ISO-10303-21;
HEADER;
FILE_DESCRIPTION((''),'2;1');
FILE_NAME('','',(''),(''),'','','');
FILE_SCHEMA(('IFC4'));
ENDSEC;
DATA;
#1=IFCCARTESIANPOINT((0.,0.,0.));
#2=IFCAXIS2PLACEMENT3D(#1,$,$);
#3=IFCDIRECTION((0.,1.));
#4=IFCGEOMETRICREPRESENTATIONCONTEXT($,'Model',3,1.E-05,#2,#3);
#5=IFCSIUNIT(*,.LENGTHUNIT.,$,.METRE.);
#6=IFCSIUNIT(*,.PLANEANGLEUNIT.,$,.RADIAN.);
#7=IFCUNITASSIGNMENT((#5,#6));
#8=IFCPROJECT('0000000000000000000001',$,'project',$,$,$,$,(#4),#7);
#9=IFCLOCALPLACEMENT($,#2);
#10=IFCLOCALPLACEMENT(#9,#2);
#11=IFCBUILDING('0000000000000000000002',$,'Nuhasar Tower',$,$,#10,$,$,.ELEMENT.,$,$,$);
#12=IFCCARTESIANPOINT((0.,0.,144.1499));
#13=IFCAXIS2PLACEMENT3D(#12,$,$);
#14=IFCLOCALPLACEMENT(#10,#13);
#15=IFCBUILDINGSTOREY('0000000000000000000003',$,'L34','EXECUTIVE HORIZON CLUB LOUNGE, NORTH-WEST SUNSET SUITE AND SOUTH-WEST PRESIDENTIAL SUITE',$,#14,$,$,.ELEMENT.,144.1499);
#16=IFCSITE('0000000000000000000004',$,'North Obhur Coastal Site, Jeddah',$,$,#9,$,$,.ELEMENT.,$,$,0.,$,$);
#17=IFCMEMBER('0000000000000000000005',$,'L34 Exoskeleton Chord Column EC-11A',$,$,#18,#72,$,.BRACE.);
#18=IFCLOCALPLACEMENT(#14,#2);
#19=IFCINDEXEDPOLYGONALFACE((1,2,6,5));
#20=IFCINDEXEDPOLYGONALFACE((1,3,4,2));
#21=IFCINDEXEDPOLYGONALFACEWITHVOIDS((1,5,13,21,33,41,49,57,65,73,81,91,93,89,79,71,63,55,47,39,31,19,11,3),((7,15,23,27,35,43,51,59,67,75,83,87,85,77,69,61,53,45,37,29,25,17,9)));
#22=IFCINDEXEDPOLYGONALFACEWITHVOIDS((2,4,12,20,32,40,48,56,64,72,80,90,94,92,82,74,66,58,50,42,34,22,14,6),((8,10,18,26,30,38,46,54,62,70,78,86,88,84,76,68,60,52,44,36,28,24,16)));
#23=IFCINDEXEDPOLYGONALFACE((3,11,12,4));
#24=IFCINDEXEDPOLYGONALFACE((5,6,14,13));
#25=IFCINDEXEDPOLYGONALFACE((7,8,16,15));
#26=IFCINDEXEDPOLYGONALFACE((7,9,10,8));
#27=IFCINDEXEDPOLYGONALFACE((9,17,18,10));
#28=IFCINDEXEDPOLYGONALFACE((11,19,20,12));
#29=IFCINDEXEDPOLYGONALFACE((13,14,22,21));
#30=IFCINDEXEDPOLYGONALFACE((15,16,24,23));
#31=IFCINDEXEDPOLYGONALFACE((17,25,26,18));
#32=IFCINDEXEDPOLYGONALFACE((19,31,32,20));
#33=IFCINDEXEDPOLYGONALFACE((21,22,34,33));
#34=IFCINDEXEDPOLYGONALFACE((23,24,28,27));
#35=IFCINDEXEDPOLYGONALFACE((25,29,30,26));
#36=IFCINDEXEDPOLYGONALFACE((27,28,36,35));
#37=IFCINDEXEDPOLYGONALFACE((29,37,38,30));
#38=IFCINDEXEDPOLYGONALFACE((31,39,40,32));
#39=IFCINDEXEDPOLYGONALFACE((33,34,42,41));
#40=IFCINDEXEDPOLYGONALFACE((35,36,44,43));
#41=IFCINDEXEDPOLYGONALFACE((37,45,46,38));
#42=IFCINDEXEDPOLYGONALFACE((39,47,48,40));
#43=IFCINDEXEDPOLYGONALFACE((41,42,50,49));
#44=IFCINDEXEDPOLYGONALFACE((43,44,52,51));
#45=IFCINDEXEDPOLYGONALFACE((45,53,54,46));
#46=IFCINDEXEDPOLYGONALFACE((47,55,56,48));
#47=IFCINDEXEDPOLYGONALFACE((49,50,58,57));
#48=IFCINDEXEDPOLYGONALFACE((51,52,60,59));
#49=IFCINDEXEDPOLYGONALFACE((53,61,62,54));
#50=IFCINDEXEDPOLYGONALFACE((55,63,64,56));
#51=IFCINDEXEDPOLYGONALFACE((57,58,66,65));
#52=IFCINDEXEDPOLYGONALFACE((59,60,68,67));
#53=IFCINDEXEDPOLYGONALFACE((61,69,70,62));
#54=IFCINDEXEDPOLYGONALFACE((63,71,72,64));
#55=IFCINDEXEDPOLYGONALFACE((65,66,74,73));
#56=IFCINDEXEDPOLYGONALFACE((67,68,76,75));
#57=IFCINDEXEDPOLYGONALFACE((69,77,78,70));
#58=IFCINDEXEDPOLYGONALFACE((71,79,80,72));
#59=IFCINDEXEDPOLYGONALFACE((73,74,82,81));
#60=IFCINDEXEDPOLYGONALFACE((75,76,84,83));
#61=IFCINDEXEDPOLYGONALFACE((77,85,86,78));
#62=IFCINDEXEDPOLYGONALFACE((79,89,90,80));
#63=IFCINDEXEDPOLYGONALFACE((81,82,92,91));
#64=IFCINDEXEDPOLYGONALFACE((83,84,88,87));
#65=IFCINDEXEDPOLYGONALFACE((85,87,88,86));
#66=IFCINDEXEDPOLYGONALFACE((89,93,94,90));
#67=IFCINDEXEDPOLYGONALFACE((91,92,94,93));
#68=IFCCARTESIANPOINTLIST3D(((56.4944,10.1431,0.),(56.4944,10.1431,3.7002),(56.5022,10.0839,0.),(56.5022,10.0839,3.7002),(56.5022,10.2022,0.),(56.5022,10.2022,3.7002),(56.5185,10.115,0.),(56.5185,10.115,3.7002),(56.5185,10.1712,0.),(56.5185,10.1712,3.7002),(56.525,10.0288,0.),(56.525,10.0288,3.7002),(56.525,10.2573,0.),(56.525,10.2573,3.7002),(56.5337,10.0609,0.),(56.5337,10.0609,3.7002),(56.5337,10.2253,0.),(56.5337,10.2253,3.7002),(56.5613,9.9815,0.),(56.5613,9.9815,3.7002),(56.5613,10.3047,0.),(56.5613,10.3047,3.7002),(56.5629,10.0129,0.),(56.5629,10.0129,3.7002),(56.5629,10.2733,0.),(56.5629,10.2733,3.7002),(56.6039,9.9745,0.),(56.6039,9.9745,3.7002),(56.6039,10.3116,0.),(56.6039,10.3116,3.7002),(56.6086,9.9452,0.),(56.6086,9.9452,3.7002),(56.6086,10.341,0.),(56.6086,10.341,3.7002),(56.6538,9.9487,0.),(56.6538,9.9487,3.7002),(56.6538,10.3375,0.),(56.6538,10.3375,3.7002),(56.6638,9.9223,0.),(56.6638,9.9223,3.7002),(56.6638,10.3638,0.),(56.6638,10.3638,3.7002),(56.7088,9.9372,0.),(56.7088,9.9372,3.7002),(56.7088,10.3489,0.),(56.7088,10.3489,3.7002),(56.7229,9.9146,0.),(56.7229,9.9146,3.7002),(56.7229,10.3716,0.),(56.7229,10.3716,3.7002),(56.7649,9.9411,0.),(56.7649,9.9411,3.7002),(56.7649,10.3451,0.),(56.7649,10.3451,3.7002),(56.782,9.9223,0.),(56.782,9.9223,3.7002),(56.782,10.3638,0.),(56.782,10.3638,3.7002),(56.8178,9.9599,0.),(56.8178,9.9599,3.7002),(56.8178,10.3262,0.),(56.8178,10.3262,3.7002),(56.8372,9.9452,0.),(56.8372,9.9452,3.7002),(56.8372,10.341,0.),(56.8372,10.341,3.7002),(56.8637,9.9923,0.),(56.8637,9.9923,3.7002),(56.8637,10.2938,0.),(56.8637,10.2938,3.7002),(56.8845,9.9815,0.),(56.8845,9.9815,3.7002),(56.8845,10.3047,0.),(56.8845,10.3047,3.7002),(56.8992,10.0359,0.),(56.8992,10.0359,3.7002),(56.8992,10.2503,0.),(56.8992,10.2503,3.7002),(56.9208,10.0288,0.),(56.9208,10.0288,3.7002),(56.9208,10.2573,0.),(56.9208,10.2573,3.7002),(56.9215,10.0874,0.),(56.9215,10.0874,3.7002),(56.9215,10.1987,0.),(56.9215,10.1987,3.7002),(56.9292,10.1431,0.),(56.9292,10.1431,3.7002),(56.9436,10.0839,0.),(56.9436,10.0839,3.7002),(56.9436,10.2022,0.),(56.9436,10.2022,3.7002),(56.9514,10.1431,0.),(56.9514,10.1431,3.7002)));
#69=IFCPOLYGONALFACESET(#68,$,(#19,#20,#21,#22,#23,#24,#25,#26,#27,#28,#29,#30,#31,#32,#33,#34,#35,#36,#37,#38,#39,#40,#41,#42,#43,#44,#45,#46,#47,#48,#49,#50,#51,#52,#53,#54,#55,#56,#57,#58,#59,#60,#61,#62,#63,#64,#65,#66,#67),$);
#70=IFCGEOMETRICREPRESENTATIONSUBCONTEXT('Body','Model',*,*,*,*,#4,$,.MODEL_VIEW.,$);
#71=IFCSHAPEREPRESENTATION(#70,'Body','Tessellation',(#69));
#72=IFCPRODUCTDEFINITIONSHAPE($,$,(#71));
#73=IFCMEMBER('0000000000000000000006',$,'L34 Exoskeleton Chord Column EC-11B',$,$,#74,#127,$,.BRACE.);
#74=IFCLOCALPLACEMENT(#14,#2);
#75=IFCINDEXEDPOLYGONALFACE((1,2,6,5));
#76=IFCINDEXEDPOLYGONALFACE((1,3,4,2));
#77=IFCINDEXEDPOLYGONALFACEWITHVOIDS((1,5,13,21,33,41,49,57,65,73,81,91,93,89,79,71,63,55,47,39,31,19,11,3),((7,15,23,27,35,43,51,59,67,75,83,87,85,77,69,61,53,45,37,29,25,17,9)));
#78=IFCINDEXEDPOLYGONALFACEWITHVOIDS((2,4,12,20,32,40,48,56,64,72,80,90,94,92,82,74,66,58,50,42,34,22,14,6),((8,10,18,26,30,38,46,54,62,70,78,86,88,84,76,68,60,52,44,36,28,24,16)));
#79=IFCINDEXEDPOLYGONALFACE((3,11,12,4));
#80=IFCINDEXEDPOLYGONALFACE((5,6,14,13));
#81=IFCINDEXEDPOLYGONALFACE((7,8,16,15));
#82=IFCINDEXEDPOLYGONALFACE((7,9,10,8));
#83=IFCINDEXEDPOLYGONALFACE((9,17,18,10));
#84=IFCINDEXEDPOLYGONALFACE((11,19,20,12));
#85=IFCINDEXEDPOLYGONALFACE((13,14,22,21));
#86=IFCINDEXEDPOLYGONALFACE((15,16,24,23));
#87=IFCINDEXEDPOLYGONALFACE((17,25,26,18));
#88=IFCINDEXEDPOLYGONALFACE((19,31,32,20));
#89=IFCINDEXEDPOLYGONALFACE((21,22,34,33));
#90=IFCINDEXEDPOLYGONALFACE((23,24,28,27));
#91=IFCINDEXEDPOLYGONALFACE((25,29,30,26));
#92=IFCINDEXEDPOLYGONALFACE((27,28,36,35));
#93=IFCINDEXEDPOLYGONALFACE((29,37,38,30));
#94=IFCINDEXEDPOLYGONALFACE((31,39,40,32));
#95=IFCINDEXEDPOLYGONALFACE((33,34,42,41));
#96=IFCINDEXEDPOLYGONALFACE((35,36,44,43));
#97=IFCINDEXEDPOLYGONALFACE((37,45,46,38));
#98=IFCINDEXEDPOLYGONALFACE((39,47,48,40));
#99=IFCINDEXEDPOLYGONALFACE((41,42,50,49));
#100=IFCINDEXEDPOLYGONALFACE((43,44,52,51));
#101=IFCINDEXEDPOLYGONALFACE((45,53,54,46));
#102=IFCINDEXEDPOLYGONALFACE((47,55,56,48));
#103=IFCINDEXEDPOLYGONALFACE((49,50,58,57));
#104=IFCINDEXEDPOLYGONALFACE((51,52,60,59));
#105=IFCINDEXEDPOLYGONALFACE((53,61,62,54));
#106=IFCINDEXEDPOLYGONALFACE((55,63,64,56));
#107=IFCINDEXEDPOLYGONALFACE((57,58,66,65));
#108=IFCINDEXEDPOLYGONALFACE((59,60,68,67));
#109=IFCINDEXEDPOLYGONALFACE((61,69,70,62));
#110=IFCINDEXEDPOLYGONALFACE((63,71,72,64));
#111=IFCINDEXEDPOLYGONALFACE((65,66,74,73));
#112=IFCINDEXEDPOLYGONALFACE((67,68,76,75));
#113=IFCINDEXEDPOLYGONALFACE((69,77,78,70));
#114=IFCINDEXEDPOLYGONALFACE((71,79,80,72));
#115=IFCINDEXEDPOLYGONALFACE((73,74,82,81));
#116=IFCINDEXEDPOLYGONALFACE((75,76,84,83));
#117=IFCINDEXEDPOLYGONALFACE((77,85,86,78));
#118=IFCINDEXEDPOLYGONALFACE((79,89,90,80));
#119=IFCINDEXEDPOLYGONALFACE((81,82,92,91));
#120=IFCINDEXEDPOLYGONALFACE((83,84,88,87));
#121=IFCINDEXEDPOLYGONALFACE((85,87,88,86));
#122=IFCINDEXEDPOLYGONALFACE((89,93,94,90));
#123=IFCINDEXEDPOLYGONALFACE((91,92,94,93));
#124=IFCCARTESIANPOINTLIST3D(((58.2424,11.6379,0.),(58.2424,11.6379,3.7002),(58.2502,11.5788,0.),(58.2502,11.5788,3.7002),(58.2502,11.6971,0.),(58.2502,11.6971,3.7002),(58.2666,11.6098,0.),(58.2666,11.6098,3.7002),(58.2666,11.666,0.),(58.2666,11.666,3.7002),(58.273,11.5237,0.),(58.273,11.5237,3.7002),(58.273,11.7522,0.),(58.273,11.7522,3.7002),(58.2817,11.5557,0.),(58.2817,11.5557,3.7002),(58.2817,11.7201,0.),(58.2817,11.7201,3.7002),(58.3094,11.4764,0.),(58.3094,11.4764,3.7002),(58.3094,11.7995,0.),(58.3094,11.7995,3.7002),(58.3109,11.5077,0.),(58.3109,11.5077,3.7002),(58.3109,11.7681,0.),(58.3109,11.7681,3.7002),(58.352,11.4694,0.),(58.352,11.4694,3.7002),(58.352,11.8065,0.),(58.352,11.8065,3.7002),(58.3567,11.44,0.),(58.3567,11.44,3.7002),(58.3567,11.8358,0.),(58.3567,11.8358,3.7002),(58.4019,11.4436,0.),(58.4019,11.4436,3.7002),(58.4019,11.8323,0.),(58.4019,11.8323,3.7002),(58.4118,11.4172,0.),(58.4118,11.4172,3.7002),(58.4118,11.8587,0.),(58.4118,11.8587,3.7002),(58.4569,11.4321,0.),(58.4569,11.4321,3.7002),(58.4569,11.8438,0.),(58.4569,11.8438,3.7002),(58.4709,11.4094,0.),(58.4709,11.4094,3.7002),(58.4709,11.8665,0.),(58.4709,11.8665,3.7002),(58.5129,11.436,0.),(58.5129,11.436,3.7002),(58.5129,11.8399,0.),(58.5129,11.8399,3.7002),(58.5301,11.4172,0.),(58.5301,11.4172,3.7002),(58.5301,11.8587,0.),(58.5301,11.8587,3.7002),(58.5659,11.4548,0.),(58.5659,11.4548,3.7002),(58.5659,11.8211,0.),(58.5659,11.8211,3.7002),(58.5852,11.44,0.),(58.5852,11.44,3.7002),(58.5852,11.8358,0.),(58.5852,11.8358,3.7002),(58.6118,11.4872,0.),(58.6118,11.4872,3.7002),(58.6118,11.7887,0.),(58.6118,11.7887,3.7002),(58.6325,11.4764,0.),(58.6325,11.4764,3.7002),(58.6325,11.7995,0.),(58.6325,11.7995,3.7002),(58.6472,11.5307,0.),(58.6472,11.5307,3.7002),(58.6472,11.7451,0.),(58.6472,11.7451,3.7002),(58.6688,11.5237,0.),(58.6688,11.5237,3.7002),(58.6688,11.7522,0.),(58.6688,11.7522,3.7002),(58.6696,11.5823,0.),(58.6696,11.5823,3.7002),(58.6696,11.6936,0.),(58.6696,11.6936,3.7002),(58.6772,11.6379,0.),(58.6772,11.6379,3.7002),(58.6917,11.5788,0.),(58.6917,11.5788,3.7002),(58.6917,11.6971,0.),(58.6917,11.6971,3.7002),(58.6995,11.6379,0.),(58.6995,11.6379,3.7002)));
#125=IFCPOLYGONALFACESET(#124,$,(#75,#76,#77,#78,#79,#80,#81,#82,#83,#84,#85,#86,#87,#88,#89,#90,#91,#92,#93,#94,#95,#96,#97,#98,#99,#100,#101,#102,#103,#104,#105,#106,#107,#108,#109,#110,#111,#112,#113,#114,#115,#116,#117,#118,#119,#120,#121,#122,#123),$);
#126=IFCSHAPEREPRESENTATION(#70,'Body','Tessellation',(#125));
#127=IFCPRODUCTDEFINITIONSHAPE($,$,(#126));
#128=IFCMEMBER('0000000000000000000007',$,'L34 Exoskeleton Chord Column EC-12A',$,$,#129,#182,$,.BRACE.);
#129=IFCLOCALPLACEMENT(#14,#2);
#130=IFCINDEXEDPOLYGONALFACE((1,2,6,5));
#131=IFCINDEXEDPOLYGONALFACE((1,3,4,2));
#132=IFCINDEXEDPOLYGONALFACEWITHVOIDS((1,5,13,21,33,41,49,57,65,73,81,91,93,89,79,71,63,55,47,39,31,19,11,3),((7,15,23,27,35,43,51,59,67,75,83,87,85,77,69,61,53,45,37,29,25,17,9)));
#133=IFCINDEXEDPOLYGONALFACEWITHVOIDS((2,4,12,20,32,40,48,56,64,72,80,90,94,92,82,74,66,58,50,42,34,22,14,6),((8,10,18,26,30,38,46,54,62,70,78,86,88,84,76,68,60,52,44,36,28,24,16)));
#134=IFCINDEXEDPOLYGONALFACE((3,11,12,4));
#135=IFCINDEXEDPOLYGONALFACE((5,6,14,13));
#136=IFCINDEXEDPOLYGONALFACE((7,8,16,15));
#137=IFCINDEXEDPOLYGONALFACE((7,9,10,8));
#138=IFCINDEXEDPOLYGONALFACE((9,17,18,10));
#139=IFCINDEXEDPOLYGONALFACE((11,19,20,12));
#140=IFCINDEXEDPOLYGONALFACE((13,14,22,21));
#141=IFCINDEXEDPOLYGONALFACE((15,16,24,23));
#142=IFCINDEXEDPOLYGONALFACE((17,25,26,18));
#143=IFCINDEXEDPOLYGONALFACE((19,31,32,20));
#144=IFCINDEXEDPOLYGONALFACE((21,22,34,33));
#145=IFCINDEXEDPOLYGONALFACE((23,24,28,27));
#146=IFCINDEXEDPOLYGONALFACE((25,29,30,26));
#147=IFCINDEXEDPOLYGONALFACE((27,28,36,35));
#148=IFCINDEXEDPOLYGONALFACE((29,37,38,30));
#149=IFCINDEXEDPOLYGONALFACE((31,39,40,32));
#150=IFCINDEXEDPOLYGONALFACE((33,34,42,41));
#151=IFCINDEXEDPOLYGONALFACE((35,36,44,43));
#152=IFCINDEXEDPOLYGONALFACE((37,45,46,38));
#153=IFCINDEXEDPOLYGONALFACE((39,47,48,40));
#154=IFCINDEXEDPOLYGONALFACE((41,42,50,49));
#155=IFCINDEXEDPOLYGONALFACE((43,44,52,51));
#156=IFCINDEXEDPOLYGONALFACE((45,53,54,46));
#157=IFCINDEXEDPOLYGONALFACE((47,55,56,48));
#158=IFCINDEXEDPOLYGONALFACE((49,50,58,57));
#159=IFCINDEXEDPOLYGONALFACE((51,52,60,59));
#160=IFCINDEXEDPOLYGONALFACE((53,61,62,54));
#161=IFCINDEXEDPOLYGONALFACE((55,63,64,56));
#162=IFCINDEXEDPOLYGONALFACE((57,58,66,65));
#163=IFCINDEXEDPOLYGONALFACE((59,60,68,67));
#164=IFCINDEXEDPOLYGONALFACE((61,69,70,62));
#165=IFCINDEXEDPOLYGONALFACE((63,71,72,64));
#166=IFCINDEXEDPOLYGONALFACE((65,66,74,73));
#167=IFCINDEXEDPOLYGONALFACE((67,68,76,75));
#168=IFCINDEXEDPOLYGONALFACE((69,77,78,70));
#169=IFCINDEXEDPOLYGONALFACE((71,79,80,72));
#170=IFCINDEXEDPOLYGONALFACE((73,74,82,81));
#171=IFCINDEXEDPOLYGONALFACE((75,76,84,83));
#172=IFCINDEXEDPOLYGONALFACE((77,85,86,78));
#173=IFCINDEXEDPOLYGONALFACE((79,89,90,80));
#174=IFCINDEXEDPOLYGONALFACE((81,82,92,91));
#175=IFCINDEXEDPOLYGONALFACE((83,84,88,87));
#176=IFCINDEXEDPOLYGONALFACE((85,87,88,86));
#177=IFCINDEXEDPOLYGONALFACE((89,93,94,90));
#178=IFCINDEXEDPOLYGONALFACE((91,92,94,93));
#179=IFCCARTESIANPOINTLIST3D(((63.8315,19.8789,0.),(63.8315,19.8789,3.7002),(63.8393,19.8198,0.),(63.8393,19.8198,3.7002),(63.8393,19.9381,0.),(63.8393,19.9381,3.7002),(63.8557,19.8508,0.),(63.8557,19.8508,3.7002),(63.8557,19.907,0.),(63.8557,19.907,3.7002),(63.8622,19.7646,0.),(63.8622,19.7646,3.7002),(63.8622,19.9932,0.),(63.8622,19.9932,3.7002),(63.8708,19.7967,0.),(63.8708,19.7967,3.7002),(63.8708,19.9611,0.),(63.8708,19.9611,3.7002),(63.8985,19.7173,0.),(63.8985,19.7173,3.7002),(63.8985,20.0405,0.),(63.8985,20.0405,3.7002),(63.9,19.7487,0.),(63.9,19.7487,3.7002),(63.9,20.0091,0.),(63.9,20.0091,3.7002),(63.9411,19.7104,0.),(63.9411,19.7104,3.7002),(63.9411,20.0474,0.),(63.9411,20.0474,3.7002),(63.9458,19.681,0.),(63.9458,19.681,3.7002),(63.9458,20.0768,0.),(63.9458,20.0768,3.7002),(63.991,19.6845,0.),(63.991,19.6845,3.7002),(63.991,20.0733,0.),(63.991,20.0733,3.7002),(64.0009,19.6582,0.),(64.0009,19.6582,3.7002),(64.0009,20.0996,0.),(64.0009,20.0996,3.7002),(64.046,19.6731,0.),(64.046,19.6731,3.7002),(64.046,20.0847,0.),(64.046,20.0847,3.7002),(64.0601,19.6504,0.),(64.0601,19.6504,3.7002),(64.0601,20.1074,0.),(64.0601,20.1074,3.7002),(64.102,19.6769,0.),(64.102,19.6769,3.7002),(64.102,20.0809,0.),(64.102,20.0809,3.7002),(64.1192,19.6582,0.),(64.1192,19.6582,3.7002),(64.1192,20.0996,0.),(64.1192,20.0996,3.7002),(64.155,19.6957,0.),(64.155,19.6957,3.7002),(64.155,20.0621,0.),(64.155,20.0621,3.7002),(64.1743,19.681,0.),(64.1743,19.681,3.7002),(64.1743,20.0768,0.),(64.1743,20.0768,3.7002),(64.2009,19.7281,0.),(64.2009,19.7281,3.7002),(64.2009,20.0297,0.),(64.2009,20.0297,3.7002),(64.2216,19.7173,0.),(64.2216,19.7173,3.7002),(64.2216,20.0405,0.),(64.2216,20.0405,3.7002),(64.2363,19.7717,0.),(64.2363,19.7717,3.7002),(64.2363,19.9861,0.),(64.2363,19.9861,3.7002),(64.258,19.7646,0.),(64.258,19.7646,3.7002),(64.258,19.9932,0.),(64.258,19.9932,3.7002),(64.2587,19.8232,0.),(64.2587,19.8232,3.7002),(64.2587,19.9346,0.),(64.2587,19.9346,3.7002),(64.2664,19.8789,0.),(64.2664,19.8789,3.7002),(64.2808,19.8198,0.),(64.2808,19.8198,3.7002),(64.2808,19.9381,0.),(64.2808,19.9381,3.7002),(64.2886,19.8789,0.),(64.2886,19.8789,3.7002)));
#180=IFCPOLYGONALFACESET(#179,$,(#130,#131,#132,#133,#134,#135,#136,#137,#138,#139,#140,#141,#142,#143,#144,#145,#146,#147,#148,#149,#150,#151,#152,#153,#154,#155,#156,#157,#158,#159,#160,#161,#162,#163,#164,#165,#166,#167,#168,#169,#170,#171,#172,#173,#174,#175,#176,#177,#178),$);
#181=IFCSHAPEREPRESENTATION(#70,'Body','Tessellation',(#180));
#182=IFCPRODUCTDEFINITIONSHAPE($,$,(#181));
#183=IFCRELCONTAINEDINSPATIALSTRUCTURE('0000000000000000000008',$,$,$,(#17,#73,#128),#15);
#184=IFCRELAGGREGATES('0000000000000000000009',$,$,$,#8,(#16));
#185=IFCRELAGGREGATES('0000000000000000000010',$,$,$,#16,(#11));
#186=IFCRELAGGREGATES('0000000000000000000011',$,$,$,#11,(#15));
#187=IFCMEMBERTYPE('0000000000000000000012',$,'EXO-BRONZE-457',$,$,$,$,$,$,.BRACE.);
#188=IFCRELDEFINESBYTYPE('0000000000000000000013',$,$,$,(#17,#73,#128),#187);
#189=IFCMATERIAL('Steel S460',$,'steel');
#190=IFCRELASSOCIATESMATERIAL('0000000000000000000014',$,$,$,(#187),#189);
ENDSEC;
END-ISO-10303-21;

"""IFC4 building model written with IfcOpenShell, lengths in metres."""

from ifc_helpers import new_model, si_unit, direction, frame, origin, origin_2d, place, context, subcontext, project, spatial, hollow_circle, extrude, material, material_profile, profile_set, type_object, element, save


model = new_model("IFC4")

# Units and contexts
model_context = context("Model", 3, precision=1e-05, world=origin(), true_north=direction((0.0, 1.0)))
body_context = subcontext(model_context, "Body", "Model", "MODEL_VIEW")
ifc_project = project(units=[si_unit("LENGTHUNIT", "METRE"), si_unit("PLANEANGLEUNIT", "RADIAN")], contexts=[model_context])

# Site, building, storey
site_placement = place(None, origin())
site = spatial("IfcSite", under=ifc_project, at=site_placement, Name="North Obhur Coastal Site, Jeddah", CompositionType="ELEMENT", RefElevation=0.0)
building_placement = place(site_placement, origin())
building = spatial("IfcBuilding", under=site, at=building_placement, Name="Nuhasar Tower", CompositionType="ELEMENT")
storey_placement = place(building_placement, frame((0.0, 0.0, 144.1499)))
storey = spatial("IfcBuildingStorey", under=building, at=storey_placement, Name="L34", Description="EXECUTIVE HORIZON CLUB LOUNGE, NORTH-WEST SUNSET SUITE AND SOUTH-WEST PRESIDENTIAL SUITE", CompositionType="ELEMENT", Elevation=144.1499)

# Members
ifc_material_1 = material(Name="Steel S460", Category="steel")
ifc_material_profile_1 = material_profile(ifc_material_1, hollow_circle(Radius=0.2285, WallThickness=0.0222, at=origin_2d()), Name="HSS457X22.2")
ifc_profile_set_1 = profile_set([ifc_material_profile_1], Name="Steel S460")
member_type_1 = type_object("IfcMemberType", Name="EXO-BRONZE-457", PredefinedType="BRACE", material=ifc_profile_set_1)
for number, where, z_axis, x_axis, name in (
    (1, (56.7229, 10.1431, 0.0), (0.0, 0.0, 1.0), (1.0, 0.0, 0.0), "L34 Exoskeleton Chord Column EC-11A"),
    (2, (58.4709, 11.6379, 0.0), (0.0, 0.0, 1.0), (1.0, 0.0, 0.0), "L34 Exoskeleton Chord Column EC-11B"),
    (3, (64.0601, 19.8789, 0.0), (0.0, 0.0, 1.0), (1.0, 0.0, 0.0), "L34 Exoskeleton Chord Column EC-12A"),
):
    element("IfcMember", number, at=place(storey_placement, frame(where, z_axis=z_axis, x_axis=x_axis)), inside=storey, type_object=member_type_1, Name=name, PredefinedType="BRACE", context=body_context, shape_type="SweptSolid", body=[
        extrude(hollow_circle(Radius=0.2285, WallThickness=0.0222, at=origin_2d()), origin(), (0.0, 0.0, 1.0), 3.7002),
    ])

save(model, "model.ifc")
